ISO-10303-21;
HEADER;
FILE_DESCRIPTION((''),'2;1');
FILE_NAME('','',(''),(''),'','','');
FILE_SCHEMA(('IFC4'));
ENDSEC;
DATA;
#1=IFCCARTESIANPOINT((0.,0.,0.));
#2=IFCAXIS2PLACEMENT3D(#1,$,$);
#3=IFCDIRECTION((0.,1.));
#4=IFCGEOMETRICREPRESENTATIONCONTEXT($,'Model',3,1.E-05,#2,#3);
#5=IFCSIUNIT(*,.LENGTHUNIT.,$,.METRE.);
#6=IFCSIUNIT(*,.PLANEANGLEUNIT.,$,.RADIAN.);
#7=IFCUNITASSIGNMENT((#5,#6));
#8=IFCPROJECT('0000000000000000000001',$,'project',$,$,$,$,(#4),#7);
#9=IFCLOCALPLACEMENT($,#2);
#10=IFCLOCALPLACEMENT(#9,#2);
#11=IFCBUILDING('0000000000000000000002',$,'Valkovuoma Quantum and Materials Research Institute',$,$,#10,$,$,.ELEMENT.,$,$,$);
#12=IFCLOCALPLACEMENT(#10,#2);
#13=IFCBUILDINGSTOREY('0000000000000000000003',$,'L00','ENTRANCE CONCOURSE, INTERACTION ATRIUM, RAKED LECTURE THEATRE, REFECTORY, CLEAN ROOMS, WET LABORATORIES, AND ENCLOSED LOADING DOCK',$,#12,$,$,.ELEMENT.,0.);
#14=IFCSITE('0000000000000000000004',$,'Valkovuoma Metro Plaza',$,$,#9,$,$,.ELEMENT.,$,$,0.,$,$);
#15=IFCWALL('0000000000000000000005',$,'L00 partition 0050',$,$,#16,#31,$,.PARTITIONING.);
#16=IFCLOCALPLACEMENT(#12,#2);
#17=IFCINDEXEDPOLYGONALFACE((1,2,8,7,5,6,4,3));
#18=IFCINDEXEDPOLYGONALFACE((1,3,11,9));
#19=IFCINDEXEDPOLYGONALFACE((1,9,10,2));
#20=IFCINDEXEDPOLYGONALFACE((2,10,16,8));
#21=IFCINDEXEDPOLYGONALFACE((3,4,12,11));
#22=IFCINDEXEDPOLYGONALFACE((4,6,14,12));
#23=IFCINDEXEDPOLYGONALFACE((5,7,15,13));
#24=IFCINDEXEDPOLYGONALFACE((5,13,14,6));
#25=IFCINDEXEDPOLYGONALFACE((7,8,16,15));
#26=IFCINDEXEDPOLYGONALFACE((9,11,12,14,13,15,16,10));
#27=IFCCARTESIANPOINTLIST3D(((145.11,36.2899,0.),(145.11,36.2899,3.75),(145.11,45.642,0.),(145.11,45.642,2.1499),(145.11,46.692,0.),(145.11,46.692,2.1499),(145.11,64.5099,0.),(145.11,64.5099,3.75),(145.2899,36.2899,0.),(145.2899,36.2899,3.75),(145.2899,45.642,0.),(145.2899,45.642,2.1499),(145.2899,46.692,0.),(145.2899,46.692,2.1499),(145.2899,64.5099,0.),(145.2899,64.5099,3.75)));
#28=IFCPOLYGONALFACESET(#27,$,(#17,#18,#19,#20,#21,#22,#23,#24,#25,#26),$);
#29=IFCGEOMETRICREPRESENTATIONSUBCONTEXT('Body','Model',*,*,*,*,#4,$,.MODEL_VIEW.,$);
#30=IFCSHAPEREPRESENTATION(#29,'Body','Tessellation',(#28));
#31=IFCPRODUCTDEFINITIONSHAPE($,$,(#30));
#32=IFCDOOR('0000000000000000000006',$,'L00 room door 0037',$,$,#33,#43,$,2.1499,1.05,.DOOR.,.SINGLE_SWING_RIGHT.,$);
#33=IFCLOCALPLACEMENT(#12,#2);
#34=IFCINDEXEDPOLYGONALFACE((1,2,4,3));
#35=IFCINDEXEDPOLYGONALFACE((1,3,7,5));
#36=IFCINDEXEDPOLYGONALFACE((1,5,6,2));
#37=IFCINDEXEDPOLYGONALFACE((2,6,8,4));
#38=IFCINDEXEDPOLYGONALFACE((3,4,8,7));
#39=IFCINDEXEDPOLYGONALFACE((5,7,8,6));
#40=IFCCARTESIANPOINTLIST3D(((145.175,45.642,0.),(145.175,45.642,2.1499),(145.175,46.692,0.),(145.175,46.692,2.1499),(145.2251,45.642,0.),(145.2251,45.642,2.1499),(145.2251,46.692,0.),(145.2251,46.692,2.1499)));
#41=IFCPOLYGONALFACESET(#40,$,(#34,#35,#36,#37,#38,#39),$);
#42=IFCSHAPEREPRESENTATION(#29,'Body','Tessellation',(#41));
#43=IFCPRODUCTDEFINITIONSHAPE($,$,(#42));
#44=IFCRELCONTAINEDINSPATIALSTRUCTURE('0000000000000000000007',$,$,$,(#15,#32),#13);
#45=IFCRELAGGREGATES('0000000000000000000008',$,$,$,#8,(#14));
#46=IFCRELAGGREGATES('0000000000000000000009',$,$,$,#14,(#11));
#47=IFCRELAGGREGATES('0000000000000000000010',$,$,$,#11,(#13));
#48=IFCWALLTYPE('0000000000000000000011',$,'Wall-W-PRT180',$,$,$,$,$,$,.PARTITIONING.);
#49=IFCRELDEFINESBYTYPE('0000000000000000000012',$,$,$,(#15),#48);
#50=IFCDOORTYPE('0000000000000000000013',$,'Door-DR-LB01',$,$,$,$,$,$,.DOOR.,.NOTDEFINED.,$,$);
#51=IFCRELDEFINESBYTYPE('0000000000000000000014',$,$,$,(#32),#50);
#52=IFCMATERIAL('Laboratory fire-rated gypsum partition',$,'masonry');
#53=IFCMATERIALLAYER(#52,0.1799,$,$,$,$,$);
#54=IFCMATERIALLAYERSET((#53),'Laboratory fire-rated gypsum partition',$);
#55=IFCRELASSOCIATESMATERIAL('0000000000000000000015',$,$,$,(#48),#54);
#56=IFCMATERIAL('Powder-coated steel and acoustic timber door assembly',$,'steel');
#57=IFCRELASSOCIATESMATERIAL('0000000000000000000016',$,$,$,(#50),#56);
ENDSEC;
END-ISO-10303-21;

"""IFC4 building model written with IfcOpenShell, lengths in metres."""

from ifc_helpers import new_model, si_unit, direction, frame, frame_2d, origin, place, context, subcontext, project, spatial, rectangle, extrude, material, layer, layer_set, type_object, element, fill, save


model = new_model("IFC4")

# Units and contexts
model_context = context("Model", 3, precision=1e-05, world=origin(), true_north=direction((0.0, 1.0)))
body_context = subcontext(model_context, "Body", "Model", "MODEL_VIEW")
ifc_project = project(units=[si_unit("LENGTHUNIT", "METRE"), si_unit("PLANEANGLEUNIT", "RADIAN")], contexts=[model_context])

# Site, building, storey
site_placement = place(None, origin())
site = spatial("IfcSite", under=ifc_project, at=site_placement, Name="Valkovuoma Metro Plaza", CompositionType="ELEMENT", RefElevation=0.0)
building_placement = place(site_placement, origin())
building = spatial("IfcBuilding", under=site, at=building_placement, Name="Valkovuoma Quantum and Materials Research Institute", CompositionType="ELEMENT")
storey_placement = place(building_placement, origin())
storey = spatial("IfcBuildingStorey", under=building, at=storey_placement, Name="L00", Description="ENTRANCE CONCOURSE, INTERACTION ATRIUM, RAKED LECTURE THEATRE, REFECTORY, CLEAN ROOMS, WET LABORATORIES, AND ENCLOSED LOADING DOCK", CompositionType="ELEMENT", Elevation=0.0)

# Wall, opening, door
ifc_material_1 = material(Name="Laboratory fire-rated gypsum partition", Category="masonry")
ifc_layer_1 = layer(ifc_material_1, 0.1799)
ifc_layer_set_1 = layer_set([ifc_layer_1], Name="Laboratory fire-rated gypsum partition")
wall_type_1 = type_object("IfcWallType", Name="Wall-W-PRT180", PredefinedType="PARTITIONING", material=ifc_layer_set_1)
wall_1_placement = place(storey_placement, frame((145.2, 36.29, 0.0), z_axis=(0.0, 0.0, 1.0), x_axis=(0.0, 1.0, 0.0)))
wall_1 = element("IfcWall", 1, at=wall_1_placement, inside=storey, type_object=wall_type_1, Name="L00 partition 0050", PredefinedType="PARTITIONING", context=body_context, shape_type="SweptSolid", body=[
    extrude(rectangle(XDim=28.22, YDim=0.1799, at=frame_2d((14.1099, 0.0))), origin(), (0.0, 0.0, 1.0), 3.75),
])
opening_1_placement = place(wall_1_placement, frame((9.3521, 0.0, 0.0)))
opening_1 = element("IfcOpeningElement", 2, at=opening_1_placement, cuts=wall_1, PredefinedType="OPENING", context=body_context, shape_type="SweptSolid", body=[
    extrude(rectangle(XDim=1.05, YDim=2.1499, at=frame_2d((0.5249, 1.075))), frame((0.0, 0.1001, 0.0), z_axis=(0.0, -1.0, 0.0), x_axis=(1.0, 0.0, 0.0)), (0.0, 0.0, 1.0), 0.2),
])
ifc_material_2 = material(Name="Powder-coated steel and acoustic timber door assembly", Category="steel")
door_type_1 = type_object("IfcDoorType", Name="Door-DR-LB01", OperationType="NOTDEFINED", PredefinedType="DOOR", material=ifc_material_2)
door_1_placement = place(opening_1_placement, origin())
door_1 = element("IfcDoor", 3, at=door_1_placement, inside=storey, type_object=door_type_1, Name="L00 room door 0037", OperationType="SINGLE_SWING_RIGHT", OverallHeight=2.1499, OverallWidth=1.05, PredefinedType="DOOR", context=body_context, shape_type="SweptSolid", body=[
    extrude(rectangle(XDim=1.05, YDim=2.1499, at=frame_2d((0.5249, 1.075))), frame((0.0, 0.0249, 0.0), z_axis=(0.0, -1.0, 0.0), x_axis=(1.0, 0.0, 0.0)), (0.0, 0.0, 1.0), 0.05),
])
fill(opening_1, door_1)

save(model, "model.ifc")
